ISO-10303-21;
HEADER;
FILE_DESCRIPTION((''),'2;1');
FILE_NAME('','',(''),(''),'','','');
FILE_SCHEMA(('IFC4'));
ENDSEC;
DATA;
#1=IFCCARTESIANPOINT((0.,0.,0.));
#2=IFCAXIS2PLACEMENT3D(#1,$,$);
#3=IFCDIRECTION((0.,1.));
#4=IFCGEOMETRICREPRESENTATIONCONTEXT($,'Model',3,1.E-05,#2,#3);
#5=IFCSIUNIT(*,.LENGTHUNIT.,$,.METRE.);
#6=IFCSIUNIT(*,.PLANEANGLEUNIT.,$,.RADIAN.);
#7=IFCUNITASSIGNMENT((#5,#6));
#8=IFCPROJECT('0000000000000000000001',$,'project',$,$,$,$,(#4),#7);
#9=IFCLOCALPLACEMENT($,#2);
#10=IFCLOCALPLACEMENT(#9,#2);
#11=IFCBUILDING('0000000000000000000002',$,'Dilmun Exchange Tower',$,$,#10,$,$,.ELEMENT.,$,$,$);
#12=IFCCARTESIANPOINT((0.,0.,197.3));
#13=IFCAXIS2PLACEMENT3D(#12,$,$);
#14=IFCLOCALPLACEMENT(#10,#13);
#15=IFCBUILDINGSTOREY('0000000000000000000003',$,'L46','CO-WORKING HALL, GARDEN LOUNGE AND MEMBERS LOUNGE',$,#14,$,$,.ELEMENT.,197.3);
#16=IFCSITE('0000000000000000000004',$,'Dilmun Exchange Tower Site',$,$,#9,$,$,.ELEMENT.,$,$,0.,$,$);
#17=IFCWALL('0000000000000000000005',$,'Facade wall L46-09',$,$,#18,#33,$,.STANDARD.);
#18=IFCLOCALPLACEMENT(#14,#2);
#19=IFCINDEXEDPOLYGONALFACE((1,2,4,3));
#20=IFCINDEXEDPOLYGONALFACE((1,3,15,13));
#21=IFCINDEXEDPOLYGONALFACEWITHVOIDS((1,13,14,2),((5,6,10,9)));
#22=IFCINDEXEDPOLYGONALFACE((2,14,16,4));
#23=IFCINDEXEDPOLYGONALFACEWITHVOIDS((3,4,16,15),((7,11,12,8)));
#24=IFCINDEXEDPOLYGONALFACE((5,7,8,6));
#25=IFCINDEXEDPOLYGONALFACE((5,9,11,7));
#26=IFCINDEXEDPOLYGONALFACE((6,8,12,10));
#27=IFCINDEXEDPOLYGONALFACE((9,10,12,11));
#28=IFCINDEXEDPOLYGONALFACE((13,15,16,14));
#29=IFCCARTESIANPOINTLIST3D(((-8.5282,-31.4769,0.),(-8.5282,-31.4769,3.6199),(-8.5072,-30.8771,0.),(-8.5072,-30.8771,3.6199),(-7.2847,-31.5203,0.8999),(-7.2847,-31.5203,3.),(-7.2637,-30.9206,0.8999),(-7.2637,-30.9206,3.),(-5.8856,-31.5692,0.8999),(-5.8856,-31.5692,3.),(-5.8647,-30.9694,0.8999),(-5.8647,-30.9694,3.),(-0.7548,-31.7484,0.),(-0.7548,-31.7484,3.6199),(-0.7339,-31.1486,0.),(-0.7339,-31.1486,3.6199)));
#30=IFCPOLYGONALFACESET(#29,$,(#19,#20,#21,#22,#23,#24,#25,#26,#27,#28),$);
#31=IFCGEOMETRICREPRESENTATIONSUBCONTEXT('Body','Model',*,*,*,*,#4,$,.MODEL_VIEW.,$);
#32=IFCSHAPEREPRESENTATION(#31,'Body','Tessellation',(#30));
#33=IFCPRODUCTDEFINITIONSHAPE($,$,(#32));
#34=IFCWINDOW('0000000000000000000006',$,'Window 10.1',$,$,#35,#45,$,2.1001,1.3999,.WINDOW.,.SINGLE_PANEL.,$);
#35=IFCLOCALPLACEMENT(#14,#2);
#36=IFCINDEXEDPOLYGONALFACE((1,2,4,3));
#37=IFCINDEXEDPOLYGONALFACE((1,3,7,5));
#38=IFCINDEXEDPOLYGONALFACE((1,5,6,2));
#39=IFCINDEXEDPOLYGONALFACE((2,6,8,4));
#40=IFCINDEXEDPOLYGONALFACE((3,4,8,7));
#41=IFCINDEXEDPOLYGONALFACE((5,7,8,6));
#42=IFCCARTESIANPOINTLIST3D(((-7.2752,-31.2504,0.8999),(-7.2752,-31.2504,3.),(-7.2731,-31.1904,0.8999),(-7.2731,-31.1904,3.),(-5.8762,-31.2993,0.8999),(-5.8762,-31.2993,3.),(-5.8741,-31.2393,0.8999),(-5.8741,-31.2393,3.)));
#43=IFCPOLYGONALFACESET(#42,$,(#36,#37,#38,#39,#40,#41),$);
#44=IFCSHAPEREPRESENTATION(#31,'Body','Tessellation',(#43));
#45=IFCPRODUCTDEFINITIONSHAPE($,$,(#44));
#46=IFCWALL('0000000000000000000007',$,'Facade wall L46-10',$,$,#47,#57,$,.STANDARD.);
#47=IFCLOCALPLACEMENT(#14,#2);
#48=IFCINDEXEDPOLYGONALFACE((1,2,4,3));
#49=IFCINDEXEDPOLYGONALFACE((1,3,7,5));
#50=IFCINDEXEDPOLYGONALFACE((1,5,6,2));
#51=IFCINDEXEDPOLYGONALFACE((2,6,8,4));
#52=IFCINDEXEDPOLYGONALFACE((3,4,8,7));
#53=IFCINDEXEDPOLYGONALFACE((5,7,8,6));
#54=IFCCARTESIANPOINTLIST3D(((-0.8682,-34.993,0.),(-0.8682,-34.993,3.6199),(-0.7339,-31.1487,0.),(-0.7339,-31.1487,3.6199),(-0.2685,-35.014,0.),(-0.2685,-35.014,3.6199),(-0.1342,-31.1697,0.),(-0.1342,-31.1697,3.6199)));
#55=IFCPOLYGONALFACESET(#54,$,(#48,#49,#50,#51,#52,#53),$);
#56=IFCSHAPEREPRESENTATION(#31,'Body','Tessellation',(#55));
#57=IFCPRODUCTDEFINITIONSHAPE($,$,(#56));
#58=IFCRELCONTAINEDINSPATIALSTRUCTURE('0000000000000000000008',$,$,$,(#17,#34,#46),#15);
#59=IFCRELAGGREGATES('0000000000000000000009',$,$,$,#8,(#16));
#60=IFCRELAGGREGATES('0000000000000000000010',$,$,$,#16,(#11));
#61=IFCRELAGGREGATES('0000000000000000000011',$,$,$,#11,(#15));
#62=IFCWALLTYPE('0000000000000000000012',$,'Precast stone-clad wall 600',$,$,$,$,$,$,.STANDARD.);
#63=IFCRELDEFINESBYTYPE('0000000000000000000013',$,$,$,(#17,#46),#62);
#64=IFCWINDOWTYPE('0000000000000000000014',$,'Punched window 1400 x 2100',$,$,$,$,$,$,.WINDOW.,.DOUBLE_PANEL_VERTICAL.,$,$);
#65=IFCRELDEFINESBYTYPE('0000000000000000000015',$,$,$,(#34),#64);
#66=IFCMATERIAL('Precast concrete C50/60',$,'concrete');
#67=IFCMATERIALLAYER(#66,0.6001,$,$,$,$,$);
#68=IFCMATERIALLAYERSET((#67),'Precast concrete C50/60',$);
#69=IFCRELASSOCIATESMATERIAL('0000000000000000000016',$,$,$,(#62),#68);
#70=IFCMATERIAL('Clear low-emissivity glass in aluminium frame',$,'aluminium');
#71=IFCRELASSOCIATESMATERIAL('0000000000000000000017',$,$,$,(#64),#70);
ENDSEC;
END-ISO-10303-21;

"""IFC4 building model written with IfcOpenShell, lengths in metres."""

from ifc_helpers import new_model, si_unit, direction, frame, frame_2d, origin, place, context, subcontext, project, spatial, rectangle, extrude, material, layer, layer_set, type_object, element, fill, save


model = new_model("IFC4")

# Units and contexts
model_context = context("Model", 3, precision=1e-05, world=origin(), true_north=direction((0.0, 1.0)))
body_context = subcontext(model_context, "Body", "Model", "MODEL_VIEW")
ifc_project = project(units=[si_unit("LENGTHUNIT", "METRE"), si_unit("PLANEANGLEUNIT", "RADIAN")], contexts=[model_context])

# Site, building, storey
site_placement = place(None, origin())
site = spatial("IfcSite", under=ifc_project, at=site_placement, Name="Dilmun Exchange Tower Site", CompositionType="ELEMENT", RefElevation=0.0)
building_placement = place(site_placement, origin())
building = spatial("IfcBuilding", under=site, at=building_placement, Name="Dilmun Exchange Tower", CompositionType="ELEMENT")
storey_placement = place(building_placement, frame((0.0, 0.0, 197.3)))
storey = spatial("IfcBuildingStorey", under=building, at=storey_placement, Name="L46", Description="CO-WORKING HALL, GARDEN LOUNGE AND MEMBERS LOUNGE", CompositionType="ELEMENT", Elevation=197.3)

# Shared definitions
ifc_material_1 = material(Name="Precast concrete C50/60", Category="concrete")
ifc_layer_1 = layer(ifc_material_1, 0.6001)
ifc_layer_set_1 = layer_set([ifc_layer_1], Name="Precast concrete C50/60")
wall_type_1 = type_object("IfcWallType", Name="Precast stone-clad wall 600", PredefinedType="STANDARD", material=ifc_layer_set_1)

# Wall, opening, window
wall_1_placement = place(storey_placement, frame((-8.5178, -31.177, 0.0), z_axis=(0.0, 0.0, 1.0), x_axis=(0.999391, -0.034903, 0.0)))
wall_1 = element("IfcWall", 1, at=wall_1_placement, inside=storey, type_object=wall_type_1, Name="Facade wall L46-09", PredefinedType="STANDARD", context=body_context, shape_type="SweptSolid", body=[
    extrude(rectangle(XDim=7.7781, YDim=0.6001, at=frame_2d((3.8892, 0.0))), origin(), (0.0, 0.0, 1.0), 3.6199),
])
opening_1_placement = place(wall_1_placement, frame((1.2444, 0.0, 0.8999)))
opening_1 = element("IfcOpeningElement", 2, at=opening_1_placement, cuts=wall_1, PredefinedType="OPENING", context=body_context, shape_type="SweptSolid", body=[
    extrude(rectangle(XDim=1.3999, YDim=2.1001, at=frame_2d((0.7, 1.05))), frame((0.0, 0.3101, 0.0), z_axis=(0.0, -1.0, 0.0), x_axis=(1.0, 0.0, 0.0)), (0.0, 0.0, 1.0), 0.6201),
])
ifc_material_2 = material(Name="Clear low-emissivity glass in aluminium frame", Category="aluminium")
window_type_1 = type_object("IfcWindowType", Name="Punched window 1400 x 2100", PartitioningType="DOUBLE_PANEL_VERTICAL", PredefinedType="WINDOW", material=ifc_material_2)
window_1_placement = place(opening_1_placement, origin())
window_1 = element("IfcWindow", 3, at=window_1_placement, inside=storey, type_object=window_type_1, Name="Window 10.1", OverallHeight=2.1001, OverallWidth=1.3999, PartitioningType="SINGLE_PANEL", PredefinedType="WINDOW", context=body_context, shape_type="SweptSolid", body=[
    extrude(rectangle(XDim=1.3999, YDim=2.1001, at=frame_2d((0.7, 1.05))), frame((0.0, 0.03, 0.0), z_axis=(0.0, -1.0, 0.0), x_axis=(1.0, 0.0, 0.0)), (0.0, 0.0, 1.0), 0.0601),
])
fill(opening_1, window_1)

# Wall
wall_2_placement = place(storey_placement, frame((-0.4341, -31.1592, 0.0), z_axis=(0.0, 0.0, 1.0), x_axis=(-0.034908, -0.999391, 0.0)))
element("IfcWall", 4, at=wall_2_placement, inside=storey, type_object=wall_type_1, Name="Facade wall L46-10", PredefinedType="STANDARD", context=body_context, shape_type="SweptSolid", body=[
    extrude(rectangle(XDim=3.8467, YDim=0.6001, at=frame_2d((1.9233, 0.0))), origin(), (0.0, 0.0, 1.0), 3.6199),
])

save(model, "model.ifc")
